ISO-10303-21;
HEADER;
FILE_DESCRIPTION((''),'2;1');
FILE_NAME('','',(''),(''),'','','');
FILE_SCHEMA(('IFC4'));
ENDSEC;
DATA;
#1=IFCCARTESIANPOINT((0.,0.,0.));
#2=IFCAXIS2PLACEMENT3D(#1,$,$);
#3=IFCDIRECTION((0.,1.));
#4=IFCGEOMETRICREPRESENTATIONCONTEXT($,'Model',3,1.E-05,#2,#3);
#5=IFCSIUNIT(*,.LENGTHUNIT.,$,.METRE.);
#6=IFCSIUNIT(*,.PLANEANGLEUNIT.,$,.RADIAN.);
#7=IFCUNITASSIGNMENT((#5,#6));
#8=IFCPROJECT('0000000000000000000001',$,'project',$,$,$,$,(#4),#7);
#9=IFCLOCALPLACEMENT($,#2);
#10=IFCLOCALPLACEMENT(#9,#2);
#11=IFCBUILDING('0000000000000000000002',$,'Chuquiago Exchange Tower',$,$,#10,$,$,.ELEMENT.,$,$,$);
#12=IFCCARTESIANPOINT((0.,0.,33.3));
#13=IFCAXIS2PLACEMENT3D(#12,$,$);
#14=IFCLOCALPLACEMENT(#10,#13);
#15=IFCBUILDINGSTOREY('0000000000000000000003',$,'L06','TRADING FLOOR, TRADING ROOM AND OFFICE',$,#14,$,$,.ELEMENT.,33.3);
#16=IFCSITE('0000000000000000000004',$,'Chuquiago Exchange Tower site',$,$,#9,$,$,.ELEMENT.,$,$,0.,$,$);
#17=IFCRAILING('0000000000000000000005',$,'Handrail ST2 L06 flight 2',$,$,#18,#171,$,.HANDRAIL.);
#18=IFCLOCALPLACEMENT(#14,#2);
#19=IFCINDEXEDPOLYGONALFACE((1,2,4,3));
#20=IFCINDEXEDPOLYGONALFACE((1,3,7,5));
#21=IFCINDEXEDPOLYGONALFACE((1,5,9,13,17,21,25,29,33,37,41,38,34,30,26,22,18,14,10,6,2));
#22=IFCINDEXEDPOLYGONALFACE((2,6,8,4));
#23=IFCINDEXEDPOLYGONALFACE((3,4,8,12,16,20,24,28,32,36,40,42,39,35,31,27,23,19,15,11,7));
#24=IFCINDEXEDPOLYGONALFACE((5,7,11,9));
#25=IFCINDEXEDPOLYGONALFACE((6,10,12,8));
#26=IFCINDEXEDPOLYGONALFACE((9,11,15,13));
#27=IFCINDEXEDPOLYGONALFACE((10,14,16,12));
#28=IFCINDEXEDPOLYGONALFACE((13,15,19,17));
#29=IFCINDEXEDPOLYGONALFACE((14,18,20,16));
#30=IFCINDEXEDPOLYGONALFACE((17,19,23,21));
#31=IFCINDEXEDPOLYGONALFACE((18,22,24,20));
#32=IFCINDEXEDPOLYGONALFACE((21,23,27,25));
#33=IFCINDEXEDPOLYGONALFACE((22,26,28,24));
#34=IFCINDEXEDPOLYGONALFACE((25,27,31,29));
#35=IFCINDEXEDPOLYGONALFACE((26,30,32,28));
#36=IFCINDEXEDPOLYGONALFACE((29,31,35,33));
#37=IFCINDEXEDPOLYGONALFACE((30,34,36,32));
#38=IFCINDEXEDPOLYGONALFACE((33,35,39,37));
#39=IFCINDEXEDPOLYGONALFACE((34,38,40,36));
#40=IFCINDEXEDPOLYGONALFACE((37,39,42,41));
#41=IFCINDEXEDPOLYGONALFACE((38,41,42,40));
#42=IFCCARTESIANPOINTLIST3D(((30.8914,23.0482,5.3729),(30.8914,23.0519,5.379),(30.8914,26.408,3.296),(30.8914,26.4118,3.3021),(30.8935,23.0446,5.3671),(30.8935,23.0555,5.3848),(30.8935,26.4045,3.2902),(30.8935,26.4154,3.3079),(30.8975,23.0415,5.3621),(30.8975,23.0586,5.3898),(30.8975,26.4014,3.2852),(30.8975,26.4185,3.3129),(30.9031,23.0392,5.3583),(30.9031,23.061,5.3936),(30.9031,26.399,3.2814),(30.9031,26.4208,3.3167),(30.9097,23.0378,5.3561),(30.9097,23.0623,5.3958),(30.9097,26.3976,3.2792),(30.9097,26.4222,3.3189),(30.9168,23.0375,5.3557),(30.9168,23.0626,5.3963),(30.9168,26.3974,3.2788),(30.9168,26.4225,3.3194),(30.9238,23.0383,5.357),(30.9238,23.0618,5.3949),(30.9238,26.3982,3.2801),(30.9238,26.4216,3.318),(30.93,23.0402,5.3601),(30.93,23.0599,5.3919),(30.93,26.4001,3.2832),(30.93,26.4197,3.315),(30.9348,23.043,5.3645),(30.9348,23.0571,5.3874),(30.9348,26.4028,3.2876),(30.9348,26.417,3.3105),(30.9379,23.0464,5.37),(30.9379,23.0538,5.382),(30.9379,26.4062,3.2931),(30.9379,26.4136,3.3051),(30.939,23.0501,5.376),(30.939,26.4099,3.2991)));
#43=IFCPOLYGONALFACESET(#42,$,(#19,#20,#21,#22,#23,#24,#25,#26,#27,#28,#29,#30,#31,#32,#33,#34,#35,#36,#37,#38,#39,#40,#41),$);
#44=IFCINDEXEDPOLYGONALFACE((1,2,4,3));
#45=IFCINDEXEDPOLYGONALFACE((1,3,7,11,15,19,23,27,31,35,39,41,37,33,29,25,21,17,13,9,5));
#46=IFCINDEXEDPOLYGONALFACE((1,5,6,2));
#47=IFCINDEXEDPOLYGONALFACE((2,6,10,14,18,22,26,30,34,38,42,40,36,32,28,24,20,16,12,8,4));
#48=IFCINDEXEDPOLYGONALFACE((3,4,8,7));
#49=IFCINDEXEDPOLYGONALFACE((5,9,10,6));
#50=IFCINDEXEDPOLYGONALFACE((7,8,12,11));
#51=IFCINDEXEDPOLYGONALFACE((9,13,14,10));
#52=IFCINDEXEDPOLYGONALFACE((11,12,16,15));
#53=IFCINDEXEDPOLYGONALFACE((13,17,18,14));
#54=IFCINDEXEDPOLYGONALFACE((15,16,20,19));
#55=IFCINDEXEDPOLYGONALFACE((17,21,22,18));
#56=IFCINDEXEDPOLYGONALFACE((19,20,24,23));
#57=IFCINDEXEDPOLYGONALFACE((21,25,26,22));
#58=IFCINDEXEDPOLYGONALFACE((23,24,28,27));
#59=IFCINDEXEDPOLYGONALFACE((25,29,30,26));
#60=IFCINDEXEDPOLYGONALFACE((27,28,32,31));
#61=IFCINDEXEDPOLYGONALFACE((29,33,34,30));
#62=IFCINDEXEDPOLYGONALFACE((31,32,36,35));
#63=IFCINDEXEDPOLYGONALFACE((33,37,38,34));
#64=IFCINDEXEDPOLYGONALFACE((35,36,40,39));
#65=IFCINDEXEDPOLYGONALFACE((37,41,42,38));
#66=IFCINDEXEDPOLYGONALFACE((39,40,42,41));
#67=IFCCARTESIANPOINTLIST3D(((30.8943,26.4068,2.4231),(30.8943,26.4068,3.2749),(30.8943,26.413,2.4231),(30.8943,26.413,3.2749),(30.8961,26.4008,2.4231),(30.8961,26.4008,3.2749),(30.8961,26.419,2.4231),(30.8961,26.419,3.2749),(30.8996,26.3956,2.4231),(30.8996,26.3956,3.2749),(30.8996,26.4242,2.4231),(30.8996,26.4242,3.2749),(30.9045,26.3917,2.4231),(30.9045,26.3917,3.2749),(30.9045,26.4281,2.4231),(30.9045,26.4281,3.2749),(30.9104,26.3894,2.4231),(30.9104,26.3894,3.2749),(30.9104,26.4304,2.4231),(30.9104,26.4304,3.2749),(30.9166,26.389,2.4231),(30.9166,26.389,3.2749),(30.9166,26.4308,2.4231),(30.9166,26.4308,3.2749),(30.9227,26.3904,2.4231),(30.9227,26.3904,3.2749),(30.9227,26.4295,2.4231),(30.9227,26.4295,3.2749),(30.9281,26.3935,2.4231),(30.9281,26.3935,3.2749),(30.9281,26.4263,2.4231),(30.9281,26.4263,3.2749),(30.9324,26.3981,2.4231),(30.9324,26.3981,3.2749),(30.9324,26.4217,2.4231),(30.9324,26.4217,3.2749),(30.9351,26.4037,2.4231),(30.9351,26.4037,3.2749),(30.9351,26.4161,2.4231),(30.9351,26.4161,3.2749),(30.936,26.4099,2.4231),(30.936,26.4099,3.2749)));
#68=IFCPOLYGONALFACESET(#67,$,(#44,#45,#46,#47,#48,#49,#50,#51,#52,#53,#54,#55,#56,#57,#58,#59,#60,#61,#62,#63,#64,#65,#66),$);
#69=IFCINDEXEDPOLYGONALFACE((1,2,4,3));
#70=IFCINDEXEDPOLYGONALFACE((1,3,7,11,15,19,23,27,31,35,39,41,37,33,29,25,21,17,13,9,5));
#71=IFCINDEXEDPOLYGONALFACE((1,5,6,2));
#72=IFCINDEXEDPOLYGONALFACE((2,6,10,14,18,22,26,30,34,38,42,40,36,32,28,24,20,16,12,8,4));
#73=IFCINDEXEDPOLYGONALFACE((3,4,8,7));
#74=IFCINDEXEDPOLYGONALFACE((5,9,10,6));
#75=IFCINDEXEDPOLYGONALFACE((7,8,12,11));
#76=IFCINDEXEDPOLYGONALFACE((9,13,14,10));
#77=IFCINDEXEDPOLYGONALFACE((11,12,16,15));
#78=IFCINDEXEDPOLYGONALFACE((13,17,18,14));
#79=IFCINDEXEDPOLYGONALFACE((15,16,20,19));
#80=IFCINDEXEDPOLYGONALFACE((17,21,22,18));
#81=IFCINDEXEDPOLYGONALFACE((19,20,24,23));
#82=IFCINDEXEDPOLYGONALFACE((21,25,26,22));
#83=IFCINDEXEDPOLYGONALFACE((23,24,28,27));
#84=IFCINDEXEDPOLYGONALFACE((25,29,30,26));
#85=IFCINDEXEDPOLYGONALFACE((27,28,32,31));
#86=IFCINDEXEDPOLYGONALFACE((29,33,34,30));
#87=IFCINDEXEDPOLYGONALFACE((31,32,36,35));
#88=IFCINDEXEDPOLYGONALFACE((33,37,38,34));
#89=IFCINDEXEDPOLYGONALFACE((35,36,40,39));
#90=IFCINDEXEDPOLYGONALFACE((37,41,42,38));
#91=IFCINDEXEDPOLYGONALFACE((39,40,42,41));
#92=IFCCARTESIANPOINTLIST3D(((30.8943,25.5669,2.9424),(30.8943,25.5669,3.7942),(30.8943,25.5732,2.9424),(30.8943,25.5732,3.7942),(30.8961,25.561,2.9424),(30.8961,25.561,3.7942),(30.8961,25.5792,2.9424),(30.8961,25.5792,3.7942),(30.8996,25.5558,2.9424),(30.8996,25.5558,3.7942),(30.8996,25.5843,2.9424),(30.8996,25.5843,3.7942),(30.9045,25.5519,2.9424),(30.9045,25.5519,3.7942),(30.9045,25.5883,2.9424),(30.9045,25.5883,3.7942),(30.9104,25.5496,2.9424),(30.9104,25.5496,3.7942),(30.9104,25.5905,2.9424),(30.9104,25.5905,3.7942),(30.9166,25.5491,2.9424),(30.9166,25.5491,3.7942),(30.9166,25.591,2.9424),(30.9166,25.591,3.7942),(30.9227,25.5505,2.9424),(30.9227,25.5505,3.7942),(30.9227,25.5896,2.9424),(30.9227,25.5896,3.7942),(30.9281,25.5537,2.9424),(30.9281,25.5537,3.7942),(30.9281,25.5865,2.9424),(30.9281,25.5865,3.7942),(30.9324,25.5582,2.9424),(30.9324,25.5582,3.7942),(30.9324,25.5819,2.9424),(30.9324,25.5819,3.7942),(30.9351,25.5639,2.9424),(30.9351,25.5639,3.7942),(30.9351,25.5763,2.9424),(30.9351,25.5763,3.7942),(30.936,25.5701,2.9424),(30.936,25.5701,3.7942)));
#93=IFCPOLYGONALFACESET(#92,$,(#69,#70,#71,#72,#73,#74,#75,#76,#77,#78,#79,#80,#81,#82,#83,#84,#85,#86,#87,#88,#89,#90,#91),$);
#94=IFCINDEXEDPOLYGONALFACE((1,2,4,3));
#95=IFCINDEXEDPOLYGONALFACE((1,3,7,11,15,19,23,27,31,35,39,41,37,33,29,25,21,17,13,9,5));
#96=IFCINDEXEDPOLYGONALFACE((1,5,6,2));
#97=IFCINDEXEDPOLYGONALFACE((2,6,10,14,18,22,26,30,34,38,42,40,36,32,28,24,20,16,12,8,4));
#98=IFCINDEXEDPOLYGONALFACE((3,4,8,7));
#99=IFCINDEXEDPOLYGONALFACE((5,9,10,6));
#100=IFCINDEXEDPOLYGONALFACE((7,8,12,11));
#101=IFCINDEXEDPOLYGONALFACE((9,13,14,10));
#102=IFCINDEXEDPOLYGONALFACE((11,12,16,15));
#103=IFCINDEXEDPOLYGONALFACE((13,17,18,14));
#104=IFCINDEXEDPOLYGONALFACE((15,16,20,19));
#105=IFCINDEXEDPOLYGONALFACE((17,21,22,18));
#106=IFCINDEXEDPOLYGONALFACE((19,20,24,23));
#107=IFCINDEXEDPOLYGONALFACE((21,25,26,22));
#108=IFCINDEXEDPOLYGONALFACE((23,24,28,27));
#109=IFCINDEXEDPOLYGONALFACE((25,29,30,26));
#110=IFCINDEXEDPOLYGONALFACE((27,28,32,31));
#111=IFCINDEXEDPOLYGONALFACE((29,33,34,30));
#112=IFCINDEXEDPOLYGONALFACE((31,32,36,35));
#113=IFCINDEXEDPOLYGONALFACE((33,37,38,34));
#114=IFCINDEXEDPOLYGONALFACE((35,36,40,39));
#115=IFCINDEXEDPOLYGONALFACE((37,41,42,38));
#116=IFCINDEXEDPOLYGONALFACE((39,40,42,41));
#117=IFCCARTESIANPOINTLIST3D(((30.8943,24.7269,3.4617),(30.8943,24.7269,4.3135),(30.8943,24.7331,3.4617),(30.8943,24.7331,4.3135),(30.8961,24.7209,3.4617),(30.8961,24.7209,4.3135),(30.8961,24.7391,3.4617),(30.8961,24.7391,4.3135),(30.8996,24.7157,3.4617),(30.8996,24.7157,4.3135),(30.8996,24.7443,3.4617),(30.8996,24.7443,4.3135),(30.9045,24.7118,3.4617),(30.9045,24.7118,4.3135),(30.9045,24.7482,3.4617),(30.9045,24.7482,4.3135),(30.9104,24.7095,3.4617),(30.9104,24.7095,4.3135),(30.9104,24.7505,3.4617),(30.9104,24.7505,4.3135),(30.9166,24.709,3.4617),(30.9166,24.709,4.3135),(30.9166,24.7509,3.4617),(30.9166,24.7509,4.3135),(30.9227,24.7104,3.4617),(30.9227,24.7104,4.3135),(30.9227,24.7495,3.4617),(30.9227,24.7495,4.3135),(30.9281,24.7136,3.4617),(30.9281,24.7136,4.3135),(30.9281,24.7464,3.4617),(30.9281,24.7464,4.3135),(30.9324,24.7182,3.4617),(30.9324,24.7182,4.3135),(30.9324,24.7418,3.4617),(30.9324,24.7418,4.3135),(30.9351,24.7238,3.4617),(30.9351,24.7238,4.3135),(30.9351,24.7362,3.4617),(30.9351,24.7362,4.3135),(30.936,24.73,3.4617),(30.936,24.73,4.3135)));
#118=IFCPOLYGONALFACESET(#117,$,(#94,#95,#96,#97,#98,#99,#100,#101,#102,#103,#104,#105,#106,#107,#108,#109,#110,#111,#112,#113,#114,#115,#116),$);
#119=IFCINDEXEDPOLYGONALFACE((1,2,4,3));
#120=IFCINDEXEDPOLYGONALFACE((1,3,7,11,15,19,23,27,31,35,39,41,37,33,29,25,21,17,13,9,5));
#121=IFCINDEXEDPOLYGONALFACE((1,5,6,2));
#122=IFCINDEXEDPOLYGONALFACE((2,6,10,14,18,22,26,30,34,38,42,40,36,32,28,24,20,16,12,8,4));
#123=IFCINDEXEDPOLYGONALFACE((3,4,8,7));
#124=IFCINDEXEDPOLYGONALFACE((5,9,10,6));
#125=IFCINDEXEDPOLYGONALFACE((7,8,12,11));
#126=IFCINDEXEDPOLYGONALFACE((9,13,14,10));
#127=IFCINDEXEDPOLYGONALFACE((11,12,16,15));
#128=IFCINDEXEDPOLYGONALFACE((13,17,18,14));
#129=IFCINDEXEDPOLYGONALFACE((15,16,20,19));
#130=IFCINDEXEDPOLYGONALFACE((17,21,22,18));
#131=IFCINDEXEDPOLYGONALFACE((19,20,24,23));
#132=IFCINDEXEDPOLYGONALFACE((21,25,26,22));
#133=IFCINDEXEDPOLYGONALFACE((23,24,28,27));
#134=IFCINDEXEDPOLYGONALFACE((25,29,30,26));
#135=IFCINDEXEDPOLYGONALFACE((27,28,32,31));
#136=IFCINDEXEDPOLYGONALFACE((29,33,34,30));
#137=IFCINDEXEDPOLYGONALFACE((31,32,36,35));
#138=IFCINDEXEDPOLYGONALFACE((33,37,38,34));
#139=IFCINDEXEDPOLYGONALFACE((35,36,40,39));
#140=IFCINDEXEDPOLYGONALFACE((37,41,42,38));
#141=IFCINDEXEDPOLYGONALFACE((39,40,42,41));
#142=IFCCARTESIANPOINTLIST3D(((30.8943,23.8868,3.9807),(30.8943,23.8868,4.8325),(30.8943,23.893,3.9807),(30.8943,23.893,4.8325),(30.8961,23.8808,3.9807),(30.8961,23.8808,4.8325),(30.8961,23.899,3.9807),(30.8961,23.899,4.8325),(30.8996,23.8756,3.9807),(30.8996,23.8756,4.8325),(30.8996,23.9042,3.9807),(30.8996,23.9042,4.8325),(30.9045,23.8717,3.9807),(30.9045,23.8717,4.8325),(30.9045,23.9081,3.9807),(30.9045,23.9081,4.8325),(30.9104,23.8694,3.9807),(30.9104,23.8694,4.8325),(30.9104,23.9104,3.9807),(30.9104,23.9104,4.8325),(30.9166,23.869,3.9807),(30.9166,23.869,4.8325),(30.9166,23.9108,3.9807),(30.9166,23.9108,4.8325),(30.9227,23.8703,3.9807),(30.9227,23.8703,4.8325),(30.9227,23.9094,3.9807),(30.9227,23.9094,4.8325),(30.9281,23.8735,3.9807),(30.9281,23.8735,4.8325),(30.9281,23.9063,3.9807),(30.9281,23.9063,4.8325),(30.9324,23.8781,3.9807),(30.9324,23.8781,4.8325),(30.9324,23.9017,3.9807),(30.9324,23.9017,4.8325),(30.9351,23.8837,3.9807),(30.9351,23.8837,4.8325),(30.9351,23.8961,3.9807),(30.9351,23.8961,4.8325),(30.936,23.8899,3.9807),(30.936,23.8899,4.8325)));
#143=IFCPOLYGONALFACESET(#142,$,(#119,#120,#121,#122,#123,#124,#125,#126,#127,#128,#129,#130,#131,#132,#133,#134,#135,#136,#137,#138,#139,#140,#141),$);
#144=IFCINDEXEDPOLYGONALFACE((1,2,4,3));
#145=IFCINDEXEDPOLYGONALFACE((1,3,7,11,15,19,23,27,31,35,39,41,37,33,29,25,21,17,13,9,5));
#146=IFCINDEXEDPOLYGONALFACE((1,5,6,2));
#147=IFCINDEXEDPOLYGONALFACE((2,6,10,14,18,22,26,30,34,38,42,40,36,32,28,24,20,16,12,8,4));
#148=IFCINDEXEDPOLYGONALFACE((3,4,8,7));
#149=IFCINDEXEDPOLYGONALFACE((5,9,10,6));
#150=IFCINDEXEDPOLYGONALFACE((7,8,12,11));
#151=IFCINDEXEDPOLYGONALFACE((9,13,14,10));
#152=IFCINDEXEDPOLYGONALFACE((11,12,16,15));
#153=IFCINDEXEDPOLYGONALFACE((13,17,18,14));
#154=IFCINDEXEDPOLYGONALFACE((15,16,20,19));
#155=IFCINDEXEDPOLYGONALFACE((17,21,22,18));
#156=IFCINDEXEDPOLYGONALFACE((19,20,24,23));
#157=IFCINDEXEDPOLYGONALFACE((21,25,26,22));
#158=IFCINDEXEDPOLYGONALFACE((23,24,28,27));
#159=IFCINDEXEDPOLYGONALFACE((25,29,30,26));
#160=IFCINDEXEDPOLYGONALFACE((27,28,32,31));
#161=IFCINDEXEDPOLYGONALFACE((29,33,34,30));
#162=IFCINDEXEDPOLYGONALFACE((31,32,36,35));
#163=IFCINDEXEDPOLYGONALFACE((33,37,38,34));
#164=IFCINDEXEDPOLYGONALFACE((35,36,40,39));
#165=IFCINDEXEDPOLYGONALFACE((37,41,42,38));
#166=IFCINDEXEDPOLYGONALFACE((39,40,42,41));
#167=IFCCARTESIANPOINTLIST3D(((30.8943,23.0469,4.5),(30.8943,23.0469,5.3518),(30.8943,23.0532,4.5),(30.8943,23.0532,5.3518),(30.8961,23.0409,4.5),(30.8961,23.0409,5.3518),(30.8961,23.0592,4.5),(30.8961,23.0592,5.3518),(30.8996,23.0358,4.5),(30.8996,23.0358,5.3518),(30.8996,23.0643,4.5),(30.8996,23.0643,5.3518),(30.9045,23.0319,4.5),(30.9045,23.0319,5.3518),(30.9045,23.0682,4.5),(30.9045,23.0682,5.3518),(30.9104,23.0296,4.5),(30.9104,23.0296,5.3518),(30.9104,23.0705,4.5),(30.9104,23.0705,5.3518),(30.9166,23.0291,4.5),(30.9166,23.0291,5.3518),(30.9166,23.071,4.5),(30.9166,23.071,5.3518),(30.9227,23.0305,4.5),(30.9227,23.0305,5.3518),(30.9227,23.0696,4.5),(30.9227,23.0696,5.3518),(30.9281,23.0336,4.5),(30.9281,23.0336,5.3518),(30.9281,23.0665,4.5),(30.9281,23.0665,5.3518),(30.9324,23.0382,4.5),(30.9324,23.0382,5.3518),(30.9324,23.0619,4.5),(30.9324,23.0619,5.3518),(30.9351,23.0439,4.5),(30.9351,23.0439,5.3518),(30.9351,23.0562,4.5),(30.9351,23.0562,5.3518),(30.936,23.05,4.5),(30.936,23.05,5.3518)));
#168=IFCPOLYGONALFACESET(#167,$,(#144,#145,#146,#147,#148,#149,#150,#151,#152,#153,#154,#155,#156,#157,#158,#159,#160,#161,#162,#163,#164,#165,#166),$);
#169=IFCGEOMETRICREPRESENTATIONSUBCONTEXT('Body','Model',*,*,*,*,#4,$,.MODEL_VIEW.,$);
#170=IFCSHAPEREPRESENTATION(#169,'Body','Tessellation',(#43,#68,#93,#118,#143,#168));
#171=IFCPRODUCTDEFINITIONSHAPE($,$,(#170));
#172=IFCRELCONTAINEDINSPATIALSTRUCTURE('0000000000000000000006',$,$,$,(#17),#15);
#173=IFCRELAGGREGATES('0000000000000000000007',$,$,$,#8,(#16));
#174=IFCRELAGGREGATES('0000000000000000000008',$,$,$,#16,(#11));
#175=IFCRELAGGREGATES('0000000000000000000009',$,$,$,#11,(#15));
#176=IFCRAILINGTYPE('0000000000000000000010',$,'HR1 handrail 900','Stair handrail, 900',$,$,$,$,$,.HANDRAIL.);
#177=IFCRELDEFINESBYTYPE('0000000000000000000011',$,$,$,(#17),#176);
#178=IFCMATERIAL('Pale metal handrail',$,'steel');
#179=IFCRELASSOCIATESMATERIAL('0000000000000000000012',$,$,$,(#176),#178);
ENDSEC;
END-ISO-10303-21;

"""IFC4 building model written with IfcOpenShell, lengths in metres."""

from ifc_helpers import new_model, si_unit, direction, frame, origin, origin_2d, place, context, subcontext, project, spatial, circle, extrude, material, type_object, element, save


model = new_model("IFC4")

# Units and contexts
model_context = context("Model", 3, precision=1e-05, world=origin(), true_north=direction((0.0, 1.0)))
body_context = subcontext(model_context, "Body", "Model", "MODEL_VIEW")
ifc_project = project(units=[si_unit("LENGTHUNIT", "METRE"), si_unit("PLANEANGLEUNIT", "RADIAN")], contexts=[model_context])

# Site, building, storey
site_placement = place(None, origin())
site = spatial("IfcSite", under=ifc_project, at=site_placement, Name="Chuquiago Exchange Tower site", CompositionType="ELEMENT", RefElevation=0.0)
building_placement = place(site_placement, origin())
building = spatial("IfcBuilding", under=site, at=building_placement, Name="Chuquiago Exchange Tower", CompositionType="ELEMENT")
storey_placement = place(building_placement, frame((0.0, 0.0, 33.3)))
storey = spatial("IfcBuildingStorey", under=building, at=storey_placement, Name="L06", Description="TRADING FLOOR, TRADING ROOM AND OFFICE", CompositionType="ELEMENT", Elevation=33.3)

# Railing
ifc_material_1 = material(Name="Pale metal handrail", Category="steel")
railing_type_1 = type_object("IfcRailingType", Name="HR1 handrail 900", Description="Stair handrail, 900", PredefinedType="HANDRAIL", material=ifc_material_1)
for number, where, name in (
    (1, (30.915, 26.4099, 2.4231), "Handrail ST2 L06 flight 2"),
):
    element("IfcRailing", number, at=place(storey_placement, frame(where)), inside=storey, type_object=railing_type_1, Name=name, PredefinedType="HANDRAIL", context=body_context, shape_type="SweptSolid", body=[
        extrude(circle(Radius=0.0239, at=origin_2d()), frame((0.0, 0.0, 0.876), z_axis=(0.0, -0.850606, 0.525803), x_axis=(1.0, 0.0, 0.0)), (0.0, 0.0, 1.0), 3.95),
        extrude(circle(Radius=0.021, at=origin_2d()), origin(), (0.0, 0.0, 1.0), 0.8518),
        extrude(circle(Radius=0.021, at=origin_2d()), frame((0.0, -0.8398, 0.5193)), (0.0, 0.0, 1.0), 0.8518),
        extrude(circle(Radius=0.021, at=origin_2d()), frame((0.0, -1.6799, 1.0386)), (0.0, 0.0, 1.0), 0.8518),
        extrude(circle(Radius=0.021, at=origin_2d()), frame((0.0, -2.52, 1.5576)), (0.0, 0.0, 1.0), 0.8518),
        extrude(circle(Radius=0.021, at=origin_2d()), frame((0.0, -3.3599, 2.0769)), (0.0, 0.0, 1.0), 0.8518),
    ])

save(model, "model.ifc")
